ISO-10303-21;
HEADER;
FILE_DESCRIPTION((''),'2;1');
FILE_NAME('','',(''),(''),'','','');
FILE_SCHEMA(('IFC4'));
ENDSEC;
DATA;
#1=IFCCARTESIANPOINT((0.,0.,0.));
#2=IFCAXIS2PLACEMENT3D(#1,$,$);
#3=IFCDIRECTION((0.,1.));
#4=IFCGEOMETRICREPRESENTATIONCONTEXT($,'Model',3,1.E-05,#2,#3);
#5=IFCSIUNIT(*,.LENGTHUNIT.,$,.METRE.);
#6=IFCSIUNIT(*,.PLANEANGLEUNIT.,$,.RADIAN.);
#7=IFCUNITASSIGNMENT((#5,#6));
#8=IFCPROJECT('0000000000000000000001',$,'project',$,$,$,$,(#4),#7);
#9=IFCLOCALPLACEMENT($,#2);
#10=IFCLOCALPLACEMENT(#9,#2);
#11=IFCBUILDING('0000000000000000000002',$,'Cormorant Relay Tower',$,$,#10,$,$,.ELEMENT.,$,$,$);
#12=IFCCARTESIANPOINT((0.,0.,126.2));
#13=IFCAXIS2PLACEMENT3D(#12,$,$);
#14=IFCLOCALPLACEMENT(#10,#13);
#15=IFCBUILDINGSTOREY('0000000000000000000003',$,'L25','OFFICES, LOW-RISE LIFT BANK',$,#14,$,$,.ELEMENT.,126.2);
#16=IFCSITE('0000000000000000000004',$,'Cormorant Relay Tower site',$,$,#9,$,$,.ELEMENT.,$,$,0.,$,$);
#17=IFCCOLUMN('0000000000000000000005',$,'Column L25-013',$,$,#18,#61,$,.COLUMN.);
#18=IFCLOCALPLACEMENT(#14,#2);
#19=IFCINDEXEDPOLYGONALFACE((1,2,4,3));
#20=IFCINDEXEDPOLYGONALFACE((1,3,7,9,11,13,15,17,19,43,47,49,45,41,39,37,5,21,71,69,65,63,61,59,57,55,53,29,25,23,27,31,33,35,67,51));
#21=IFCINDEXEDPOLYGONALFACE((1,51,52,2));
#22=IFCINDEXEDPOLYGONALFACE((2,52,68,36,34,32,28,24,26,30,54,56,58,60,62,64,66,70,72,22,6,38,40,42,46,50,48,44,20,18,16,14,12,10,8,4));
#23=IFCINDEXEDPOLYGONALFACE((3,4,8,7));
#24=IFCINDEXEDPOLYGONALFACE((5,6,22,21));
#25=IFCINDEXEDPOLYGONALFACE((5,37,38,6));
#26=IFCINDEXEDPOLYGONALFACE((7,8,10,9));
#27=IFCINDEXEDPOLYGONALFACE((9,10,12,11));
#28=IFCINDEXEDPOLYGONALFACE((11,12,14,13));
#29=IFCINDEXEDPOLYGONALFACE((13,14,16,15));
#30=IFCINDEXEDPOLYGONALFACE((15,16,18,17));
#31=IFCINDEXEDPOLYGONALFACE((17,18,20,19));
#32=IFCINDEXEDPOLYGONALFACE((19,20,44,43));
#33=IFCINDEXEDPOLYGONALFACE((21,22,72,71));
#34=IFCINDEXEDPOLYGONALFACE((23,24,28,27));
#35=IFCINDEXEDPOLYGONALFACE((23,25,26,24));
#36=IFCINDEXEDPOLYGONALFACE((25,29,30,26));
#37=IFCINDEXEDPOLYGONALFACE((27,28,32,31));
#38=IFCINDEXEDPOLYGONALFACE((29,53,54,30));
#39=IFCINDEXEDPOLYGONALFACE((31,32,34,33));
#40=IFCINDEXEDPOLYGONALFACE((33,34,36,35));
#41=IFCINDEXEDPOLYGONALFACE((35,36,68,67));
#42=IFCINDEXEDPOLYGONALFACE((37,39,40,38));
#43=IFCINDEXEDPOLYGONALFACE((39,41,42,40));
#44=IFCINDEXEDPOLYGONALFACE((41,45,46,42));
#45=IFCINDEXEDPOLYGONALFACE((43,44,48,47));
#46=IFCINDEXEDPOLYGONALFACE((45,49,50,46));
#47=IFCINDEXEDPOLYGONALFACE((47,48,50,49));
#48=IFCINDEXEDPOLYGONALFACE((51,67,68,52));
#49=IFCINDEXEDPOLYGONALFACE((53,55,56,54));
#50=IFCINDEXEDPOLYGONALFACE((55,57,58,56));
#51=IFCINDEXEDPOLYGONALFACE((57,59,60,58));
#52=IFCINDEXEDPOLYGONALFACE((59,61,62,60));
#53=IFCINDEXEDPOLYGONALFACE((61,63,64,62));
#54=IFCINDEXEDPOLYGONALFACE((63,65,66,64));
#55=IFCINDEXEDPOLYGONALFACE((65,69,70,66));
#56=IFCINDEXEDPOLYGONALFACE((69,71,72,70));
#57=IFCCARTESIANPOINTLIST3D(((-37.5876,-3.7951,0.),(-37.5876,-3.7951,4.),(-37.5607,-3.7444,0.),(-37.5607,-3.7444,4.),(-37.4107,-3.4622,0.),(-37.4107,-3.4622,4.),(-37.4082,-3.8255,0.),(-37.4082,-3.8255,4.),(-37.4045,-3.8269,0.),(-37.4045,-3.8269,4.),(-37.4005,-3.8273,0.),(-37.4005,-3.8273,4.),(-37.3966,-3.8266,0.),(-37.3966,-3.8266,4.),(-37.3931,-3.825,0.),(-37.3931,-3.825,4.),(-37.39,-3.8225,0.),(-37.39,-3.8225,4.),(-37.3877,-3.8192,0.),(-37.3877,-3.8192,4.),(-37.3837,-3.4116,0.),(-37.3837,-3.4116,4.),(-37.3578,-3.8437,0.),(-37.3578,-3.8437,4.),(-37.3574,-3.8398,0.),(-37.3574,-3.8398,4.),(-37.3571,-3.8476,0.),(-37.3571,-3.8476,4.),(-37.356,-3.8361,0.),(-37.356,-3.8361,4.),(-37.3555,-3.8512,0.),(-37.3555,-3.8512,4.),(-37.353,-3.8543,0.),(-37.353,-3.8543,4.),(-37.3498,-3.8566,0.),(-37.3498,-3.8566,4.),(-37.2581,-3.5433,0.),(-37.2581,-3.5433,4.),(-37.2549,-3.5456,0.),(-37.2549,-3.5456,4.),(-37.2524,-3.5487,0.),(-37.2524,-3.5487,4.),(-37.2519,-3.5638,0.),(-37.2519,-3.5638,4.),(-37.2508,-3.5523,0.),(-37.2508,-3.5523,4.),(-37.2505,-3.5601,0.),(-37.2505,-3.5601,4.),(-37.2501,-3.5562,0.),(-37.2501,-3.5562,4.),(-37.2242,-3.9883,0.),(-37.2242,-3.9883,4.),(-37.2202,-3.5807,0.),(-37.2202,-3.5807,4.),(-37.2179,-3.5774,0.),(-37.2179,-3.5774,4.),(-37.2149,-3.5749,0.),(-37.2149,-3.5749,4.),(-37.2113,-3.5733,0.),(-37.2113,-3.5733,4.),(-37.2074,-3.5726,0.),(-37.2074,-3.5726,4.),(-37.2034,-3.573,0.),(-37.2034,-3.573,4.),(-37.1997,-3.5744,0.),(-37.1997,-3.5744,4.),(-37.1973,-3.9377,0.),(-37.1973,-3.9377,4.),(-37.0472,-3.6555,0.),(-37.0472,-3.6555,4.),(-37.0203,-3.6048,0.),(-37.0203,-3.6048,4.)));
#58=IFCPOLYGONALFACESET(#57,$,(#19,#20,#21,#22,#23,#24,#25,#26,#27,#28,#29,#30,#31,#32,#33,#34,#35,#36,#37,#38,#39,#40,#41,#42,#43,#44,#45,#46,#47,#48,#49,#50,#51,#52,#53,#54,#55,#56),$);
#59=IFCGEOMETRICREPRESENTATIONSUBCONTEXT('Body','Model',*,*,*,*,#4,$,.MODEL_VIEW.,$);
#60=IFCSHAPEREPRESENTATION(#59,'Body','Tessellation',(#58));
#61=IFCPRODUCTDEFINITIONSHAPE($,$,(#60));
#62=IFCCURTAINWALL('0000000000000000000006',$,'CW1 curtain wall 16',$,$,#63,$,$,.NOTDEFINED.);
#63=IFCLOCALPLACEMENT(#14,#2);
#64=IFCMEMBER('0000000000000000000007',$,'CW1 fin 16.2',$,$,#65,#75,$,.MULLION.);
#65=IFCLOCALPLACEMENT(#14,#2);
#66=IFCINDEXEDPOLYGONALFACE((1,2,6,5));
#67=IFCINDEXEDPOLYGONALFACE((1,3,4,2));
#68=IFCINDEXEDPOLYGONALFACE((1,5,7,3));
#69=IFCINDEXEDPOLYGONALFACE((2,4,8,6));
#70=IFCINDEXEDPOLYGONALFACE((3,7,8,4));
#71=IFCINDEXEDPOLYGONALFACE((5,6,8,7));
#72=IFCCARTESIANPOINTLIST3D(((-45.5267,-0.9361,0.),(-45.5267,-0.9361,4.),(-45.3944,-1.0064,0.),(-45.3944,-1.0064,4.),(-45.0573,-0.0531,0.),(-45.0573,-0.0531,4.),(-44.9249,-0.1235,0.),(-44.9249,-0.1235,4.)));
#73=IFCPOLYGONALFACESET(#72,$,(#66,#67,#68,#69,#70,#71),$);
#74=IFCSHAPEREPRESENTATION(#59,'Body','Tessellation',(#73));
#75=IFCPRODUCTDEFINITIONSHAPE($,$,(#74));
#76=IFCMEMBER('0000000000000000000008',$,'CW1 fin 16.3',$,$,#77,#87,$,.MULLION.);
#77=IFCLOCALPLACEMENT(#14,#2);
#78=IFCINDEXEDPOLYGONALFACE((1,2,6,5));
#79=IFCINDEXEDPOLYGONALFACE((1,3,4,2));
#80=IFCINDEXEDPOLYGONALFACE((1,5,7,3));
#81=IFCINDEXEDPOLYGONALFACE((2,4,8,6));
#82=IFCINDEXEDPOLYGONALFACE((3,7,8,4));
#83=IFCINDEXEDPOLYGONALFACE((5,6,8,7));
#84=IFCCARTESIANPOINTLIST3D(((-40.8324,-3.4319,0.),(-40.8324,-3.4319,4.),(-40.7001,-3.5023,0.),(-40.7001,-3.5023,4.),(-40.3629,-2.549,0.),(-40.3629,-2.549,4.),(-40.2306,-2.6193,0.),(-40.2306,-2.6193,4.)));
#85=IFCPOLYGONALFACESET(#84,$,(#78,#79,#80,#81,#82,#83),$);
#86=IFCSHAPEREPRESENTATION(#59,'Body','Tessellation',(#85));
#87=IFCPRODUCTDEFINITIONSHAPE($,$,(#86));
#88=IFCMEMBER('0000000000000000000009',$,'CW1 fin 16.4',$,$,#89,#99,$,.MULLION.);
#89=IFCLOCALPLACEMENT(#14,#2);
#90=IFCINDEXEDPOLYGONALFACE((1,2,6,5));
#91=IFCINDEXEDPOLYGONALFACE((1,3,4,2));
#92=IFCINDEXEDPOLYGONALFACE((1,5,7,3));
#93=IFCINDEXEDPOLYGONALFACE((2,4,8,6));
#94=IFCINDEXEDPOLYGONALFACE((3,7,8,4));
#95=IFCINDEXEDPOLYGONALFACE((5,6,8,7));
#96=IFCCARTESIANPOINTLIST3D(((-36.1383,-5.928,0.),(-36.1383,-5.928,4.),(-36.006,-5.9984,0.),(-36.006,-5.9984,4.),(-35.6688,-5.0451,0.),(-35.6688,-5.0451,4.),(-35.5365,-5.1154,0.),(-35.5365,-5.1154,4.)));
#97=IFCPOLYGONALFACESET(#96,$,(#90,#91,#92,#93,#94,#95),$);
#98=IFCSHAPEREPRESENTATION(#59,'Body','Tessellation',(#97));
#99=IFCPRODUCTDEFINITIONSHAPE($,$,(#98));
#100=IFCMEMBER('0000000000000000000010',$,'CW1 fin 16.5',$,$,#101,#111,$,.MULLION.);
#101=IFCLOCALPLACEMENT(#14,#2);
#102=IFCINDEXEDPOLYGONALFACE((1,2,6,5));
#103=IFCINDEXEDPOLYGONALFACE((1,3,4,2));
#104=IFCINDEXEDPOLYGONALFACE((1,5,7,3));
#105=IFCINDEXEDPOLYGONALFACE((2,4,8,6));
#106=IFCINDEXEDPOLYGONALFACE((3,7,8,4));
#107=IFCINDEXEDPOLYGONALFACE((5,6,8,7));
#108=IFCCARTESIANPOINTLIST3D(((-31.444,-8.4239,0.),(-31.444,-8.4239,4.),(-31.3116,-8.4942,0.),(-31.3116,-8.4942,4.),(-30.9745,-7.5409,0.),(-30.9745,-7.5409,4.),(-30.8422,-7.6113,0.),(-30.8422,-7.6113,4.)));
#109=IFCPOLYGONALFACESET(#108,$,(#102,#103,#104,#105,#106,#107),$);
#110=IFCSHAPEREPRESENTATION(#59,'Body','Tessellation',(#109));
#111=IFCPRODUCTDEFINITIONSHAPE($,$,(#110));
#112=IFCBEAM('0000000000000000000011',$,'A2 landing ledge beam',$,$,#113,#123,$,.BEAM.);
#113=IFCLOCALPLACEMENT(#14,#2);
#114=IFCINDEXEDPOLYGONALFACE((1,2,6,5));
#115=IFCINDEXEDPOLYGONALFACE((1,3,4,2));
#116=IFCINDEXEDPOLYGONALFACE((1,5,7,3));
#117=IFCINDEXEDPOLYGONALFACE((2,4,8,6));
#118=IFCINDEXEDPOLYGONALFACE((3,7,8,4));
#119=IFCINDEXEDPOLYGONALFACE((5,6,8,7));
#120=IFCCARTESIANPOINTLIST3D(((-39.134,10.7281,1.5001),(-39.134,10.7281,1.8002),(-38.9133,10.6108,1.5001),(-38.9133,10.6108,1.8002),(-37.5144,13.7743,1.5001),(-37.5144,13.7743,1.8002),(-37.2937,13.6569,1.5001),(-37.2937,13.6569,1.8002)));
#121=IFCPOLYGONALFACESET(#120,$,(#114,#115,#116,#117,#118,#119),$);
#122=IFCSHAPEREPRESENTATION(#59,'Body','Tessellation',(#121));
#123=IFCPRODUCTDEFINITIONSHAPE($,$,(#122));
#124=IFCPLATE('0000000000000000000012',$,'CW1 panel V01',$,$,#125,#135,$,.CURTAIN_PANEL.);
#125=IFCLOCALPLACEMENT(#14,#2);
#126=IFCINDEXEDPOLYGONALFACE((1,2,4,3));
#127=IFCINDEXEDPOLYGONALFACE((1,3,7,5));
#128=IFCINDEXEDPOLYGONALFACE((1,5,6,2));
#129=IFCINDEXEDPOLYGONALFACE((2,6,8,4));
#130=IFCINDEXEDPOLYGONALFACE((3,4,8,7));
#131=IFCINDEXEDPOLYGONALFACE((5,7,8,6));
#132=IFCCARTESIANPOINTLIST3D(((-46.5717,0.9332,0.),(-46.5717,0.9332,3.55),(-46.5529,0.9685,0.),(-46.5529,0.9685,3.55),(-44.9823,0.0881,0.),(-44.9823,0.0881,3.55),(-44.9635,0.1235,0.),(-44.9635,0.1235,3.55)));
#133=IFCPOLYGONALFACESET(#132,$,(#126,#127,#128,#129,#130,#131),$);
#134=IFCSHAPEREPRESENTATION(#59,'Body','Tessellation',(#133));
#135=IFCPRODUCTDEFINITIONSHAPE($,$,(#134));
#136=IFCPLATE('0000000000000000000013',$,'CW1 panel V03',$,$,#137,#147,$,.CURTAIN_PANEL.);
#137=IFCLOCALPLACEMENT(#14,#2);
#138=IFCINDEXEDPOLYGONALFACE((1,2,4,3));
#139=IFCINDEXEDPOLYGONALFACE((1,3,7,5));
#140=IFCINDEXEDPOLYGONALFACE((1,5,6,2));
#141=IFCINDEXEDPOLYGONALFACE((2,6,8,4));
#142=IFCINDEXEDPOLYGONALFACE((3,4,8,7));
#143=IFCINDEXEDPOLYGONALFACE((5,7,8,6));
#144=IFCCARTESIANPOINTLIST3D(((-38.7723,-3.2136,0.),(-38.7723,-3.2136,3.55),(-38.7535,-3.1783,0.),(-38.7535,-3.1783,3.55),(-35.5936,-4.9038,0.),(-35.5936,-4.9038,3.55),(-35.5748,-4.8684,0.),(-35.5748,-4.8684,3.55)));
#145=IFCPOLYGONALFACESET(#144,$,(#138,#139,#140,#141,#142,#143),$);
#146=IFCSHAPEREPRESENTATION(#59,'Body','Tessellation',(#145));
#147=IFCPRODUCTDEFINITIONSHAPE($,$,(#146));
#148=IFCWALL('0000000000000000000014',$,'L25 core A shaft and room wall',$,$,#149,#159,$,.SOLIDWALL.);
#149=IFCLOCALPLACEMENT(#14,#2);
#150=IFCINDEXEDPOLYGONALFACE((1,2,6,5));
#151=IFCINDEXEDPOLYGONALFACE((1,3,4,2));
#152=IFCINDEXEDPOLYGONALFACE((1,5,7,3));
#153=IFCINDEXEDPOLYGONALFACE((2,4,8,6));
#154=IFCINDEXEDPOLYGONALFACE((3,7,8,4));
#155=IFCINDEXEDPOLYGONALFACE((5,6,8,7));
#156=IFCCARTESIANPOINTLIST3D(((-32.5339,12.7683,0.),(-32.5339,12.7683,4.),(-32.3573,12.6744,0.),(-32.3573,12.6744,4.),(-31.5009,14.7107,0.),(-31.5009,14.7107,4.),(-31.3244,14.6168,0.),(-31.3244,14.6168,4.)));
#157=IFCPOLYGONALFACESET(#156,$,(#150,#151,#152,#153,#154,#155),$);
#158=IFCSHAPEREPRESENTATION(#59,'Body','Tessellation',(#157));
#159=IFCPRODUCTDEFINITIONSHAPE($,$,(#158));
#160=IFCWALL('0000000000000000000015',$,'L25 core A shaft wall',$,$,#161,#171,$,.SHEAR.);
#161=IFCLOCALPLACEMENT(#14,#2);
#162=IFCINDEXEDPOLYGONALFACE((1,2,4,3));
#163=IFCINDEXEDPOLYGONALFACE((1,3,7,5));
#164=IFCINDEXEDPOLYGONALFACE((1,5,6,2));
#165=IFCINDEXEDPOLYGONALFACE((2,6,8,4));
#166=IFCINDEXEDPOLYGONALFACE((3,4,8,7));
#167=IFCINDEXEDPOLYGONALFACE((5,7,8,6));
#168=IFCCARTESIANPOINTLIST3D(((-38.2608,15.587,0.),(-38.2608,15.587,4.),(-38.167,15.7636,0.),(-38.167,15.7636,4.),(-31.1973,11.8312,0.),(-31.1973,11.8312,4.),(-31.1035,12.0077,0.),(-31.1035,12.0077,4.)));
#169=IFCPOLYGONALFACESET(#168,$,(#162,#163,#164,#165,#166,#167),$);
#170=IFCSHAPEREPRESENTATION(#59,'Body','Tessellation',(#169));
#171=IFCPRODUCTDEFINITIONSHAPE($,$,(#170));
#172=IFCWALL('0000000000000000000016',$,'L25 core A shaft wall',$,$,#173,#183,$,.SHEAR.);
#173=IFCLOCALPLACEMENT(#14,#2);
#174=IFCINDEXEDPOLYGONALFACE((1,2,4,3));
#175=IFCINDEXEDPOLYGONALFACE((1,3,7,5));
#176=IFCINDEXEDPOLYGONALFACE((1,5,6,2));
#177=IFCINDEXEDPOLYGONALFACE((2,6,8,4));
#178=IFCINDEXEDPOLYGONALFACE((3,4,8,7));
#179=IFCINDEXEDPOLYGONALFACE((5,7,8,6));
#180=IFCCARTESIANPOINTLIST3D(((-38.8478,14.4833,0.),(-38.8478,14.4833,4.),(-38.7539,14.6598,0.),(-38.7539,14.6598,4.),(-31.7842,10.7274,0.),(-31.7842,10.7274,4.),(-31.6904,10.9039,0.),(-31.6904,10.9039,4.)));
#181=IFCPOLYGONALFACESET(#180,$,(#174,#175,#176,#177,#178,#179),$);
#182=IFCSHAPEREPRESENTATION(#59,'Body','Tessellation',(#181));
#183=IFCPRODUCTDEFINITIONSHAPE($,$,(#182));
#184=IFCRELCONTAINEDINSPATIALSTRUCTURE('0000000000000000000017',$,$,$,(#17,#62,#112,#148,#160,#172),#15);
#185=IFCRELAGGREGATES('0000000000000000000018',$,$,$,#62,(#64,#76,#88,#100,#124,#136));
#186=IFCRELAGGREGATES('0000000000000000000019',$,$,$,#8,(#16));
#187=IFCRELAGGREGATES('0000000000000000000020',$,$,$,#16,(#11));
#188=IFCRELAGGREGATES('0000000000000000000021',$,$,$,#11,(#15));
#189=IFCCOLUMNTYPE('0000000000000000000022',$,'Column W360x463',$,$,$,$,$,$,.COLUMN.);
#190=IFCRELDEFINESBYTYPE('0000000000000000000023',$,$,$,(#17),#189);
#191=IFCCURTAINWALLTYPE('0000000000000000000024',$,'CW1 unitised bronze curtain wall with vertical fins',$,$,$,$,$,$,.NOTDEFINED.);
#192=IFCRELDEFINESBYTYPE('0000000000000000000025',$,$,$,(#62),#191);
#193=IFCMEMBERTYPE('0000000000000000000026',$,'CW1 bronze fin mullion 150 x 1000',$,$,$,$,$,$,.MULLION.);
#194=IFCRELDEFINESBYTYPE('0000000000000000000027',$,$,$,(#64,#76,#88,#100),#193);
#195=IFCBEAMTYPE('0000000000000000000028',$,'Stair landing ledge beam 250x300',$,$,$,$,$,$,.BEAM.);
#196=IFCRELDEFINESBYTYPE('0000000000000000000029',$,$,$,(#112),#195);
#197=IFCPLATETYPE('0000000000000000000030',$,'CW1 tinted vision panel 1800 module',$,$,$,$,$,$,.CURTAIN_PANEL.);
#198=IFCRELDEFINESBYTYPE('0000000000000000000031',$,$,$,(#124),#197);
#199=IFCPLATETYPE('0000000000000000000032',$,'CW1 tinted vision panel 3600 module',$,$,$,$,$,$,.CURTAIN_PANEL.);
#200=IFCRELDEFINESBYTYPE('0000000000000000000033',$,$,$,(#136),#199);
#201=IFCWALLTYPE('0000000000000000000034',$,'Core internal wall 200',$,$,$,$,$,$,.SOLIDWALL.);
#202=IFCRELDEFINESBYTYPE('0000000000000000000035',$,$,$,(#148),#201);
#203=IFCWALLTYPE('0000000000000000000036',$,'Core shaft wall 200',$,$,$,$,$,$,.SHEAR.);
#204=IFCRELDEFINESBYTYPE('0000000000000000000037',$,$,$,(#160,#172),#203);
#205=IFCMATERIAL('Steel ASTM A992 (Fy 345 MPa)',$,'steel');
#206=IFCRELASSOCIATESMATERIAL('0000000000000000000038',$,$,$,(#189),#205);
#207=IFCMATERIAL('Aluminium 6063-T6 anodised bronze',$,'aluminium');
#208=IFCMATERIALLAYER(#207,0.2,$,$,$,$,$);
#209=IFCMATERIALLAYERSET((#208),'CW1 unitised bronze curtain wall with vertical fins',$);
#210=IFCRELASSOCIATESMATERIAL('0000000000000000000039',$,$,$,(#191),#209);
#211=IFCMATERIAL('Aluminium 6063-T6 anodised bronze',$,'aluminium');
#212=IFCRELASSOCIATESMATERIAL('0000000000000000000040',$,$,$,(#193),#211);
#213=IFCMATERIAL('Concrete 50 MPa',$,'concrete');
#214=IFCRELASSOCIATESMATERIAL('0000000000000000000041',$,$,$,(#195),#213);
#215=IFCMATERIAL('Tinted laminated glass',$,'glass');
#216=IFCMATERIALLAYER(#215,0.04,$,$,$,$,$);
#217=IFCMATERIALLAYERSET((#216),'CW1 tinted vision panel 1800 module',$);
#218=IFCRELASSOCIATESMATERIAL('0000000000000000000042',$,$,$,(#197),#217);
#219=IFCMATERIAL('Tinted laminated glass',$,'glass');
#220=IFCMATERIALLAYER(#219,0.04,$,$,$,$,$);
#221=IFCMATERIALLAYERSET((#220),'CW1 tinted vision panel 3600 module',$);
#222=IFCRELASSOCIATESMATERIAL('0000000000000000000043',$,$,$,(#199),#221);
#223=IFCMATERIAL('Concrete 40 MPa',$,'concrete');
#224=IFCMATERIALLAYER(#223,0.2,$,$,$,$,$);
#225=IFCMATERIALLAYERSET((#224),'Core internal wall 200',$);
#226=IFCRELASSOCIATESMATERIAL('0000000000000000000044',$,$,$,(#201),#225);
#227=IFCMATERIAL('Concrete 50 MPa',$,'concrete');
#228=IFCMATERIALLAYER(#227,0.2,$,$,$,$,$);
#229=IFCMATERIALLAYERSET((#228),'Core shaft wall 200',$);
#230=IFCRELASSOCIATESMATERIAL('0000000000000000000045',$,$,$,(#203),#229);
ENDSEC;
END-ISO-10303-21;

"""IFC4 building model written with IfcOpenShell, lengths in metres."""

from ifc_helpers import new_model, si_unit, direction, frame, frame_2d, origin, origin_2d, place, context, subcontext, project, spatial, rectangle, i_section, extrude, material, layer, layer_set, material_profile, profile_set, type_object, element, aggregate, save


model = new_model("IFC4")

# Units and contexts
model_context = context("Model", 3, precision=1e-05, world=origin(), true_north=direction((0.0, 1.0)))
body_context = subcontext(model_context, "Body", "Model", "MODEL_VIEW")
ifc_project = project(units=[si_unit("LENGTHUNIT", "METRE"), si_unit("PLANEANGLEUNIT", "RADIAN")], contexts=[model_context])

# Site, building, storey
site_placement = place(None, origin())
site = spatial("IfcSite", under=ifc_project, at=site_placement, Name="Cormorant Relay Tower site", CompositionType="ELEMENT", RefElevation=0.0)
building_placement = place(site_placement, origin())
building = spatial("IfcBuilding", under=site, at=building_placement, Name="Cormorant Relay Tower", CompositionType="ELEMENT")
storey_placement = place(building_placement, frame((0.0, 0.0, 126.2)))
storey = spatial("IfcBuildingStorey", under=building, at=storey_placement, Name="L25", Description="OFFICES, LOW-RISE LIFT BANK", CompositionType="ELEMENT", Elevation=126.2)

# Column
ifc_material_1 = material(Name="Steel ASTM A992 (Fy 345 MPa)", Category="steel")
ifc_material_profile_1 = material_profile(ifc_material_1, i_section(OverallWidth=0.4116, OverallDepth=0.4343, WebThickness=0.0359, FlangeThickness=0.0574, FilletRadius=0.0151, at=origin_2d()), Name="W360x463")
ifc_profile_set_1 = profile_set([ifc_material_profile_1], Name="Steel ASTM A992 (Fy 345 MPa)")
column_type = type_object("IfcColumnType", Name="Column W360x463", PredefinedType="COLUMN", material=ifc_profile_set_1)
column_placement = place(storey_placement, frame((-37.304, -3.7, 0.0), z_axis=(0.0, 0.0, 1.0), x_axis=(0.882948, -0.469472, 0.0)))
element("IfcColumn", 1, at=column_placement, inside=storey, type_object=column_type, Name="Column L25-013", PredefinedType="COLUMN", context=body_context, shape_type="SweptSolid", body=[
    extrude(i_section(OverallWidth=0.4116, OverallDepth=0.4343, WebThickness=0.0359, FlangeThickness=0.0574, FilletRadius=0.0151, at=origin_2d()), origin(), (0.0, 0.0, 1.0), 4.0),
])

# Curtain wall, members
ifc_material_2 = material(Name="Aluminium 6063-T6 anodised bronze", Category="aluminium")
ifc_layer_1 = layer(ifc_material_2, 0.2)
ifc_layer_set_1 = layer_set([ifc_layer_1], Name="CW1 unitised bronze curtain wall with vertical fins")
curtain_wall_type = type_object("IfcCurtainWallType", Name="CW1 unitised bronze curtain wall with vertical fins", PredefinedType="NOTDEFINED", material=ifc_layer_set_1)
curtain_wall_placement = place(storey_placement, origin())
curtain_wall = element("IfcCurtainWall", 2, at=curtain_wall_placement, inside=storey, type_object=curtain_wall_type, Name="CW1 curtain wall 16", PredefinedType="NOTDEFINED")
ifc_material_3 = material(Name="Aluminium 6063-T6 anodised bronze", Category="aluminium")
ifc_material_profile_2 = material_profile(ifc_material_3, rectangle(XDim=0.1499, YDim=1.0, at=origin_2d()), Name="AL 150x1000")
ifc_profile_set_2 = profile_set([ifc_material_profile_2], Name="Aluminium 6063-T6 anodised bronze")
member_type = type_object("IfcMemberType", Name="CW1 bronze fin mullion 150 x 1000", PredefinedType="MULLION", material=ifc_profile_set_2)
member_1_placement = place(storey_placement, frame((-45.2258, -0.5298, 0.0), z_axis=(0.0, 0.0, 1.0), x_axis=(0.882948, -0.469472, 0.0)))
member_1 = element("IfcMember", 3, at=member_1_placement, type_object=member_type, Name="CW1 fin 16.2", PredefinedType="MULLION", context=body_context, shape_type="SweptSolid", body=[
    extrude(rectangle(XDim=0.1499, YDim=1.0, at=origin_2d()), origin(), (0.0, 0.0, 1.0), 4.0),
])
member_2_placement = place(storey_placement, frame((-40.5315, -3.0256, 0.0), z_axis=(0.0, 0.0, 1.0), x_axis=(0.882948, -0.469472, 0.0)))
member_2 = element("IfcMember", 4, at=member_2_placement, type_object=member_type, Name="CW1 fin 16.3", PredefinedType="MULLION", context=body_context, shape_type="SweptSolid", body=[
    extrude(rectangle(XDim=0.1499, YDim=1.0, at=origin_2d()), origin(), (0.0, 0.0, 1.0), 4.0),
])
member_3_placement = place(storey_placement, frame((-35.8374, -5.5217, 0.0), z_axis=(0.0, 0.0, 1.0), x_axis=(0.882948, -0.469472, 0.0)))
member_3 = element("IfcMember", 5, at=member_3_placement, type_object=member_type, Name="CW1 fin 16.4", PredefinedType="MULLION", context=body_context, shape_type="SweptSolid", body=[
    extrude(rectangle(XDim=0.1499, YDim=1.0, at=origin_2d()), origin(), (0.0, 0.0, 1.0), 4.0),
])
member_4_placement = place(storey_placement, frame((-31.1431, -8.0176, 0.0), z_axis=(0.0, 0.0, 1.0), x_axis=(0.882948, -0.469472, 0.0)))
member_4 = element("IfcMember", 6, at=member_4_placement, type_object=member_type, Name="CW1 fin 16.5", PredefinedType="MULLION", context=body_context, shape_type="SweptSolid", body=[
    extrude(rectangle(XDim=0.1499, YDim=1.0, at=origin_2d()), origin(), (0.0, 0.0, 1.0), 4.0),
])

# Beam
ifc_material_4 = material(Name="Concrete 50 MPa", Category="concrete")
ifc_material_profile_3 = material_profile(ifc_material_4, rectangle(XDim=0.25, YDim=0.3, at=origin_2d()), Name="RC 250x300")
ifc_profile_set_3 = profile_set([ifc_material_profile_3], Name="Concrete 50 MPa")
beam_type = type_object("IfcBeamType", Name="Stair landing ledge beam 250x300", PredefinedType="BEAM", material=ifc_profile_set_3)
beam_placement = place(storey_placement, frame((-37.4041, 13.7156, 1.6501), z_axis=(-0.469464, -0.882952, 0.0), x_axis=(0.882952, -0.469464, 0.0)))
element("IfcBeam", 7, at=beam_placement, inside=storey, type_object=beam_type, Name="A2 landing ledge beam", PredefinedType="BEAM", context=body_context, shape_type="SweptSolid", body=[
    extrude(rectangle(XDim=0.25, YDim=0.3, at=origin_2d()), origin(), (0.0, 0.0, 1.0), 3.45),
])

# Plates
ifc_material_5 = material(Name="Tinted laminated glass", Category="glass")
ifc_layer_2 = layer(ifc_material_5, 0.04)
ifc_layer_set_2 = layer_set([ifc_layer_2], Name="CW1 tinted vision panel 1800 module")
plate_type_1 = type_object("IfcPlateType", Name="CW1 tinted vision panel 1800 module", PredefinedType="CURTAIN_PANEL", material=ifc_layer_set_2)
plate_1_placement = place(storey_placement, frame((-45.7676, 0.5283, 0.0), z_axis=(0.0, 0.0, 1.0), x_axis=(0.882948, -0.469472, 0.0)))
plate_1 = element("IfcPlate", 8, at=plate_1_placement, type_object=plate_type_1, Name="CW1 panel V01", PredefinedType="CURTAIN_PANEL", context=body_context, shape_type="SweptSolid", body=[
    extrude(rectangle(XDim=1.8, YDim=0.04, at=origin_2d()), origin(), (0.0, 0.0, 1.0), 3.55),
])
ifc_material_6 = material(Name="Tinted laminated glass", Category="glass")
ifc_layer_3 = layer(ifc_material_6, 0.04)
ifc_layer_set_3 = layer_set([ifc_layer_3], Name="CW1 tinted vision panel 3600 module")
plate_type_2 = type_object("IfcPlateType", Name="CW1 tinted vision panel 3600 module", PredefinedType="CURTAIN_PANEL", material=ifc_layer_set_3)
plate_2_placement = place(storey_placement, frame((-37.1736, -4.041, 0.0), z_axis=(0.0, 0.0, 1.0), x_axis=(0.882948, -0.469472, 0.0)))
plate_2 = element("IfcPlate", 9, at=plate_2_placement, type_object=plate_type_2, Name="CW1 panel V03", PredefinedType="CURTAIN_PANEL", context=body_context, shape_type="SweptSolid", body=[
    extrude(rectangle(XDim=3.6001, YDim=0.04, at=origin_2d()), origin(), (0.0, 0.0, 1.0), 3.55),
])

# Walls
ifc_material_7 = material(Name="Concrete 40 MPa", Category="concrete")
ifc_layer_4 = layer(ifc_material_7, 0.2)
ifc_layer_set_4 = layer_set([ifc_layer_4], Name="Core internal wall 200")
wall_type_1 = type_object("IfcWallType", Name="Core internal wall 200", PredefinedType="SOLIDWALL", material=ifc_layer_set_4)
wall_1_placement = place(storey_placement, frame((-31.4126, 14.6638, 0.0), z_axis=(0.0, 0.0, 1.0), x_axis=(-0.469534, -0.882914, 0.0)))
element("IfcWall", 10, at=wall_1_placement, inside=storey, type_object=wall_type_1, Name="L25 core A shaft and room wall", PredefinedType="SOLIDWALL", context=body_context, shape_type="SweptSolid", body=[
    extrude(rectangle(XDim=2.2, YDim=0.2, at=frame_2d((1.1001, 0.0))), origin(), (0.0, 0.0, 1.0), 4.0),
])
ifc_material_8 = material(Name="Concrete 50 MPa", Category="concrete")
ifc_layer_5 = layer(ifc_material_8, 0.2)
ifc_layer_set_5 = layer_set([ifc_layer_5], Name="Core shaft wall 200")
wall_type_2 = type_object("IfcWallType", Name="Core shaft wall 200", PredefinedType="SHEAR", material=ifc_layer_set_5)
for number, where, z_axis, x_axis, name in (
    (11, (-31.1504, 11.9194, 0.0), (0.0, 0.0, 1.0), (-0.88294, 0.469485, 0.0), "L25 core A shaft wall"),
    (12, (-31.7373, 10.8157, 0.0), (0.0, 0.0, 1.0), (-0.88294, 0.469485, 0.0), "L25 core A shaft wall"),
):
    element("IfcWall", number, at=place(storey_placement, frame(where, z_axis=z_axis, x_axis=x_axis)), inside=storey, type_object=wall_type_2, Name=name, PredefinedType="SHEAR", context=body_context, shape_type="SweptSolid", body=[
        extrude(rectangle(XDim=8.0, YDim=0.2, at=frame_2d((4.0, 0.0))), origin(), (0.0, 0.0, 1.0), 4.0),
    ])

aggregate(curtain_wall, [member_1, member_2, member_3, member_4, plate_1, plate_2])

save(model, "model.ifc")
